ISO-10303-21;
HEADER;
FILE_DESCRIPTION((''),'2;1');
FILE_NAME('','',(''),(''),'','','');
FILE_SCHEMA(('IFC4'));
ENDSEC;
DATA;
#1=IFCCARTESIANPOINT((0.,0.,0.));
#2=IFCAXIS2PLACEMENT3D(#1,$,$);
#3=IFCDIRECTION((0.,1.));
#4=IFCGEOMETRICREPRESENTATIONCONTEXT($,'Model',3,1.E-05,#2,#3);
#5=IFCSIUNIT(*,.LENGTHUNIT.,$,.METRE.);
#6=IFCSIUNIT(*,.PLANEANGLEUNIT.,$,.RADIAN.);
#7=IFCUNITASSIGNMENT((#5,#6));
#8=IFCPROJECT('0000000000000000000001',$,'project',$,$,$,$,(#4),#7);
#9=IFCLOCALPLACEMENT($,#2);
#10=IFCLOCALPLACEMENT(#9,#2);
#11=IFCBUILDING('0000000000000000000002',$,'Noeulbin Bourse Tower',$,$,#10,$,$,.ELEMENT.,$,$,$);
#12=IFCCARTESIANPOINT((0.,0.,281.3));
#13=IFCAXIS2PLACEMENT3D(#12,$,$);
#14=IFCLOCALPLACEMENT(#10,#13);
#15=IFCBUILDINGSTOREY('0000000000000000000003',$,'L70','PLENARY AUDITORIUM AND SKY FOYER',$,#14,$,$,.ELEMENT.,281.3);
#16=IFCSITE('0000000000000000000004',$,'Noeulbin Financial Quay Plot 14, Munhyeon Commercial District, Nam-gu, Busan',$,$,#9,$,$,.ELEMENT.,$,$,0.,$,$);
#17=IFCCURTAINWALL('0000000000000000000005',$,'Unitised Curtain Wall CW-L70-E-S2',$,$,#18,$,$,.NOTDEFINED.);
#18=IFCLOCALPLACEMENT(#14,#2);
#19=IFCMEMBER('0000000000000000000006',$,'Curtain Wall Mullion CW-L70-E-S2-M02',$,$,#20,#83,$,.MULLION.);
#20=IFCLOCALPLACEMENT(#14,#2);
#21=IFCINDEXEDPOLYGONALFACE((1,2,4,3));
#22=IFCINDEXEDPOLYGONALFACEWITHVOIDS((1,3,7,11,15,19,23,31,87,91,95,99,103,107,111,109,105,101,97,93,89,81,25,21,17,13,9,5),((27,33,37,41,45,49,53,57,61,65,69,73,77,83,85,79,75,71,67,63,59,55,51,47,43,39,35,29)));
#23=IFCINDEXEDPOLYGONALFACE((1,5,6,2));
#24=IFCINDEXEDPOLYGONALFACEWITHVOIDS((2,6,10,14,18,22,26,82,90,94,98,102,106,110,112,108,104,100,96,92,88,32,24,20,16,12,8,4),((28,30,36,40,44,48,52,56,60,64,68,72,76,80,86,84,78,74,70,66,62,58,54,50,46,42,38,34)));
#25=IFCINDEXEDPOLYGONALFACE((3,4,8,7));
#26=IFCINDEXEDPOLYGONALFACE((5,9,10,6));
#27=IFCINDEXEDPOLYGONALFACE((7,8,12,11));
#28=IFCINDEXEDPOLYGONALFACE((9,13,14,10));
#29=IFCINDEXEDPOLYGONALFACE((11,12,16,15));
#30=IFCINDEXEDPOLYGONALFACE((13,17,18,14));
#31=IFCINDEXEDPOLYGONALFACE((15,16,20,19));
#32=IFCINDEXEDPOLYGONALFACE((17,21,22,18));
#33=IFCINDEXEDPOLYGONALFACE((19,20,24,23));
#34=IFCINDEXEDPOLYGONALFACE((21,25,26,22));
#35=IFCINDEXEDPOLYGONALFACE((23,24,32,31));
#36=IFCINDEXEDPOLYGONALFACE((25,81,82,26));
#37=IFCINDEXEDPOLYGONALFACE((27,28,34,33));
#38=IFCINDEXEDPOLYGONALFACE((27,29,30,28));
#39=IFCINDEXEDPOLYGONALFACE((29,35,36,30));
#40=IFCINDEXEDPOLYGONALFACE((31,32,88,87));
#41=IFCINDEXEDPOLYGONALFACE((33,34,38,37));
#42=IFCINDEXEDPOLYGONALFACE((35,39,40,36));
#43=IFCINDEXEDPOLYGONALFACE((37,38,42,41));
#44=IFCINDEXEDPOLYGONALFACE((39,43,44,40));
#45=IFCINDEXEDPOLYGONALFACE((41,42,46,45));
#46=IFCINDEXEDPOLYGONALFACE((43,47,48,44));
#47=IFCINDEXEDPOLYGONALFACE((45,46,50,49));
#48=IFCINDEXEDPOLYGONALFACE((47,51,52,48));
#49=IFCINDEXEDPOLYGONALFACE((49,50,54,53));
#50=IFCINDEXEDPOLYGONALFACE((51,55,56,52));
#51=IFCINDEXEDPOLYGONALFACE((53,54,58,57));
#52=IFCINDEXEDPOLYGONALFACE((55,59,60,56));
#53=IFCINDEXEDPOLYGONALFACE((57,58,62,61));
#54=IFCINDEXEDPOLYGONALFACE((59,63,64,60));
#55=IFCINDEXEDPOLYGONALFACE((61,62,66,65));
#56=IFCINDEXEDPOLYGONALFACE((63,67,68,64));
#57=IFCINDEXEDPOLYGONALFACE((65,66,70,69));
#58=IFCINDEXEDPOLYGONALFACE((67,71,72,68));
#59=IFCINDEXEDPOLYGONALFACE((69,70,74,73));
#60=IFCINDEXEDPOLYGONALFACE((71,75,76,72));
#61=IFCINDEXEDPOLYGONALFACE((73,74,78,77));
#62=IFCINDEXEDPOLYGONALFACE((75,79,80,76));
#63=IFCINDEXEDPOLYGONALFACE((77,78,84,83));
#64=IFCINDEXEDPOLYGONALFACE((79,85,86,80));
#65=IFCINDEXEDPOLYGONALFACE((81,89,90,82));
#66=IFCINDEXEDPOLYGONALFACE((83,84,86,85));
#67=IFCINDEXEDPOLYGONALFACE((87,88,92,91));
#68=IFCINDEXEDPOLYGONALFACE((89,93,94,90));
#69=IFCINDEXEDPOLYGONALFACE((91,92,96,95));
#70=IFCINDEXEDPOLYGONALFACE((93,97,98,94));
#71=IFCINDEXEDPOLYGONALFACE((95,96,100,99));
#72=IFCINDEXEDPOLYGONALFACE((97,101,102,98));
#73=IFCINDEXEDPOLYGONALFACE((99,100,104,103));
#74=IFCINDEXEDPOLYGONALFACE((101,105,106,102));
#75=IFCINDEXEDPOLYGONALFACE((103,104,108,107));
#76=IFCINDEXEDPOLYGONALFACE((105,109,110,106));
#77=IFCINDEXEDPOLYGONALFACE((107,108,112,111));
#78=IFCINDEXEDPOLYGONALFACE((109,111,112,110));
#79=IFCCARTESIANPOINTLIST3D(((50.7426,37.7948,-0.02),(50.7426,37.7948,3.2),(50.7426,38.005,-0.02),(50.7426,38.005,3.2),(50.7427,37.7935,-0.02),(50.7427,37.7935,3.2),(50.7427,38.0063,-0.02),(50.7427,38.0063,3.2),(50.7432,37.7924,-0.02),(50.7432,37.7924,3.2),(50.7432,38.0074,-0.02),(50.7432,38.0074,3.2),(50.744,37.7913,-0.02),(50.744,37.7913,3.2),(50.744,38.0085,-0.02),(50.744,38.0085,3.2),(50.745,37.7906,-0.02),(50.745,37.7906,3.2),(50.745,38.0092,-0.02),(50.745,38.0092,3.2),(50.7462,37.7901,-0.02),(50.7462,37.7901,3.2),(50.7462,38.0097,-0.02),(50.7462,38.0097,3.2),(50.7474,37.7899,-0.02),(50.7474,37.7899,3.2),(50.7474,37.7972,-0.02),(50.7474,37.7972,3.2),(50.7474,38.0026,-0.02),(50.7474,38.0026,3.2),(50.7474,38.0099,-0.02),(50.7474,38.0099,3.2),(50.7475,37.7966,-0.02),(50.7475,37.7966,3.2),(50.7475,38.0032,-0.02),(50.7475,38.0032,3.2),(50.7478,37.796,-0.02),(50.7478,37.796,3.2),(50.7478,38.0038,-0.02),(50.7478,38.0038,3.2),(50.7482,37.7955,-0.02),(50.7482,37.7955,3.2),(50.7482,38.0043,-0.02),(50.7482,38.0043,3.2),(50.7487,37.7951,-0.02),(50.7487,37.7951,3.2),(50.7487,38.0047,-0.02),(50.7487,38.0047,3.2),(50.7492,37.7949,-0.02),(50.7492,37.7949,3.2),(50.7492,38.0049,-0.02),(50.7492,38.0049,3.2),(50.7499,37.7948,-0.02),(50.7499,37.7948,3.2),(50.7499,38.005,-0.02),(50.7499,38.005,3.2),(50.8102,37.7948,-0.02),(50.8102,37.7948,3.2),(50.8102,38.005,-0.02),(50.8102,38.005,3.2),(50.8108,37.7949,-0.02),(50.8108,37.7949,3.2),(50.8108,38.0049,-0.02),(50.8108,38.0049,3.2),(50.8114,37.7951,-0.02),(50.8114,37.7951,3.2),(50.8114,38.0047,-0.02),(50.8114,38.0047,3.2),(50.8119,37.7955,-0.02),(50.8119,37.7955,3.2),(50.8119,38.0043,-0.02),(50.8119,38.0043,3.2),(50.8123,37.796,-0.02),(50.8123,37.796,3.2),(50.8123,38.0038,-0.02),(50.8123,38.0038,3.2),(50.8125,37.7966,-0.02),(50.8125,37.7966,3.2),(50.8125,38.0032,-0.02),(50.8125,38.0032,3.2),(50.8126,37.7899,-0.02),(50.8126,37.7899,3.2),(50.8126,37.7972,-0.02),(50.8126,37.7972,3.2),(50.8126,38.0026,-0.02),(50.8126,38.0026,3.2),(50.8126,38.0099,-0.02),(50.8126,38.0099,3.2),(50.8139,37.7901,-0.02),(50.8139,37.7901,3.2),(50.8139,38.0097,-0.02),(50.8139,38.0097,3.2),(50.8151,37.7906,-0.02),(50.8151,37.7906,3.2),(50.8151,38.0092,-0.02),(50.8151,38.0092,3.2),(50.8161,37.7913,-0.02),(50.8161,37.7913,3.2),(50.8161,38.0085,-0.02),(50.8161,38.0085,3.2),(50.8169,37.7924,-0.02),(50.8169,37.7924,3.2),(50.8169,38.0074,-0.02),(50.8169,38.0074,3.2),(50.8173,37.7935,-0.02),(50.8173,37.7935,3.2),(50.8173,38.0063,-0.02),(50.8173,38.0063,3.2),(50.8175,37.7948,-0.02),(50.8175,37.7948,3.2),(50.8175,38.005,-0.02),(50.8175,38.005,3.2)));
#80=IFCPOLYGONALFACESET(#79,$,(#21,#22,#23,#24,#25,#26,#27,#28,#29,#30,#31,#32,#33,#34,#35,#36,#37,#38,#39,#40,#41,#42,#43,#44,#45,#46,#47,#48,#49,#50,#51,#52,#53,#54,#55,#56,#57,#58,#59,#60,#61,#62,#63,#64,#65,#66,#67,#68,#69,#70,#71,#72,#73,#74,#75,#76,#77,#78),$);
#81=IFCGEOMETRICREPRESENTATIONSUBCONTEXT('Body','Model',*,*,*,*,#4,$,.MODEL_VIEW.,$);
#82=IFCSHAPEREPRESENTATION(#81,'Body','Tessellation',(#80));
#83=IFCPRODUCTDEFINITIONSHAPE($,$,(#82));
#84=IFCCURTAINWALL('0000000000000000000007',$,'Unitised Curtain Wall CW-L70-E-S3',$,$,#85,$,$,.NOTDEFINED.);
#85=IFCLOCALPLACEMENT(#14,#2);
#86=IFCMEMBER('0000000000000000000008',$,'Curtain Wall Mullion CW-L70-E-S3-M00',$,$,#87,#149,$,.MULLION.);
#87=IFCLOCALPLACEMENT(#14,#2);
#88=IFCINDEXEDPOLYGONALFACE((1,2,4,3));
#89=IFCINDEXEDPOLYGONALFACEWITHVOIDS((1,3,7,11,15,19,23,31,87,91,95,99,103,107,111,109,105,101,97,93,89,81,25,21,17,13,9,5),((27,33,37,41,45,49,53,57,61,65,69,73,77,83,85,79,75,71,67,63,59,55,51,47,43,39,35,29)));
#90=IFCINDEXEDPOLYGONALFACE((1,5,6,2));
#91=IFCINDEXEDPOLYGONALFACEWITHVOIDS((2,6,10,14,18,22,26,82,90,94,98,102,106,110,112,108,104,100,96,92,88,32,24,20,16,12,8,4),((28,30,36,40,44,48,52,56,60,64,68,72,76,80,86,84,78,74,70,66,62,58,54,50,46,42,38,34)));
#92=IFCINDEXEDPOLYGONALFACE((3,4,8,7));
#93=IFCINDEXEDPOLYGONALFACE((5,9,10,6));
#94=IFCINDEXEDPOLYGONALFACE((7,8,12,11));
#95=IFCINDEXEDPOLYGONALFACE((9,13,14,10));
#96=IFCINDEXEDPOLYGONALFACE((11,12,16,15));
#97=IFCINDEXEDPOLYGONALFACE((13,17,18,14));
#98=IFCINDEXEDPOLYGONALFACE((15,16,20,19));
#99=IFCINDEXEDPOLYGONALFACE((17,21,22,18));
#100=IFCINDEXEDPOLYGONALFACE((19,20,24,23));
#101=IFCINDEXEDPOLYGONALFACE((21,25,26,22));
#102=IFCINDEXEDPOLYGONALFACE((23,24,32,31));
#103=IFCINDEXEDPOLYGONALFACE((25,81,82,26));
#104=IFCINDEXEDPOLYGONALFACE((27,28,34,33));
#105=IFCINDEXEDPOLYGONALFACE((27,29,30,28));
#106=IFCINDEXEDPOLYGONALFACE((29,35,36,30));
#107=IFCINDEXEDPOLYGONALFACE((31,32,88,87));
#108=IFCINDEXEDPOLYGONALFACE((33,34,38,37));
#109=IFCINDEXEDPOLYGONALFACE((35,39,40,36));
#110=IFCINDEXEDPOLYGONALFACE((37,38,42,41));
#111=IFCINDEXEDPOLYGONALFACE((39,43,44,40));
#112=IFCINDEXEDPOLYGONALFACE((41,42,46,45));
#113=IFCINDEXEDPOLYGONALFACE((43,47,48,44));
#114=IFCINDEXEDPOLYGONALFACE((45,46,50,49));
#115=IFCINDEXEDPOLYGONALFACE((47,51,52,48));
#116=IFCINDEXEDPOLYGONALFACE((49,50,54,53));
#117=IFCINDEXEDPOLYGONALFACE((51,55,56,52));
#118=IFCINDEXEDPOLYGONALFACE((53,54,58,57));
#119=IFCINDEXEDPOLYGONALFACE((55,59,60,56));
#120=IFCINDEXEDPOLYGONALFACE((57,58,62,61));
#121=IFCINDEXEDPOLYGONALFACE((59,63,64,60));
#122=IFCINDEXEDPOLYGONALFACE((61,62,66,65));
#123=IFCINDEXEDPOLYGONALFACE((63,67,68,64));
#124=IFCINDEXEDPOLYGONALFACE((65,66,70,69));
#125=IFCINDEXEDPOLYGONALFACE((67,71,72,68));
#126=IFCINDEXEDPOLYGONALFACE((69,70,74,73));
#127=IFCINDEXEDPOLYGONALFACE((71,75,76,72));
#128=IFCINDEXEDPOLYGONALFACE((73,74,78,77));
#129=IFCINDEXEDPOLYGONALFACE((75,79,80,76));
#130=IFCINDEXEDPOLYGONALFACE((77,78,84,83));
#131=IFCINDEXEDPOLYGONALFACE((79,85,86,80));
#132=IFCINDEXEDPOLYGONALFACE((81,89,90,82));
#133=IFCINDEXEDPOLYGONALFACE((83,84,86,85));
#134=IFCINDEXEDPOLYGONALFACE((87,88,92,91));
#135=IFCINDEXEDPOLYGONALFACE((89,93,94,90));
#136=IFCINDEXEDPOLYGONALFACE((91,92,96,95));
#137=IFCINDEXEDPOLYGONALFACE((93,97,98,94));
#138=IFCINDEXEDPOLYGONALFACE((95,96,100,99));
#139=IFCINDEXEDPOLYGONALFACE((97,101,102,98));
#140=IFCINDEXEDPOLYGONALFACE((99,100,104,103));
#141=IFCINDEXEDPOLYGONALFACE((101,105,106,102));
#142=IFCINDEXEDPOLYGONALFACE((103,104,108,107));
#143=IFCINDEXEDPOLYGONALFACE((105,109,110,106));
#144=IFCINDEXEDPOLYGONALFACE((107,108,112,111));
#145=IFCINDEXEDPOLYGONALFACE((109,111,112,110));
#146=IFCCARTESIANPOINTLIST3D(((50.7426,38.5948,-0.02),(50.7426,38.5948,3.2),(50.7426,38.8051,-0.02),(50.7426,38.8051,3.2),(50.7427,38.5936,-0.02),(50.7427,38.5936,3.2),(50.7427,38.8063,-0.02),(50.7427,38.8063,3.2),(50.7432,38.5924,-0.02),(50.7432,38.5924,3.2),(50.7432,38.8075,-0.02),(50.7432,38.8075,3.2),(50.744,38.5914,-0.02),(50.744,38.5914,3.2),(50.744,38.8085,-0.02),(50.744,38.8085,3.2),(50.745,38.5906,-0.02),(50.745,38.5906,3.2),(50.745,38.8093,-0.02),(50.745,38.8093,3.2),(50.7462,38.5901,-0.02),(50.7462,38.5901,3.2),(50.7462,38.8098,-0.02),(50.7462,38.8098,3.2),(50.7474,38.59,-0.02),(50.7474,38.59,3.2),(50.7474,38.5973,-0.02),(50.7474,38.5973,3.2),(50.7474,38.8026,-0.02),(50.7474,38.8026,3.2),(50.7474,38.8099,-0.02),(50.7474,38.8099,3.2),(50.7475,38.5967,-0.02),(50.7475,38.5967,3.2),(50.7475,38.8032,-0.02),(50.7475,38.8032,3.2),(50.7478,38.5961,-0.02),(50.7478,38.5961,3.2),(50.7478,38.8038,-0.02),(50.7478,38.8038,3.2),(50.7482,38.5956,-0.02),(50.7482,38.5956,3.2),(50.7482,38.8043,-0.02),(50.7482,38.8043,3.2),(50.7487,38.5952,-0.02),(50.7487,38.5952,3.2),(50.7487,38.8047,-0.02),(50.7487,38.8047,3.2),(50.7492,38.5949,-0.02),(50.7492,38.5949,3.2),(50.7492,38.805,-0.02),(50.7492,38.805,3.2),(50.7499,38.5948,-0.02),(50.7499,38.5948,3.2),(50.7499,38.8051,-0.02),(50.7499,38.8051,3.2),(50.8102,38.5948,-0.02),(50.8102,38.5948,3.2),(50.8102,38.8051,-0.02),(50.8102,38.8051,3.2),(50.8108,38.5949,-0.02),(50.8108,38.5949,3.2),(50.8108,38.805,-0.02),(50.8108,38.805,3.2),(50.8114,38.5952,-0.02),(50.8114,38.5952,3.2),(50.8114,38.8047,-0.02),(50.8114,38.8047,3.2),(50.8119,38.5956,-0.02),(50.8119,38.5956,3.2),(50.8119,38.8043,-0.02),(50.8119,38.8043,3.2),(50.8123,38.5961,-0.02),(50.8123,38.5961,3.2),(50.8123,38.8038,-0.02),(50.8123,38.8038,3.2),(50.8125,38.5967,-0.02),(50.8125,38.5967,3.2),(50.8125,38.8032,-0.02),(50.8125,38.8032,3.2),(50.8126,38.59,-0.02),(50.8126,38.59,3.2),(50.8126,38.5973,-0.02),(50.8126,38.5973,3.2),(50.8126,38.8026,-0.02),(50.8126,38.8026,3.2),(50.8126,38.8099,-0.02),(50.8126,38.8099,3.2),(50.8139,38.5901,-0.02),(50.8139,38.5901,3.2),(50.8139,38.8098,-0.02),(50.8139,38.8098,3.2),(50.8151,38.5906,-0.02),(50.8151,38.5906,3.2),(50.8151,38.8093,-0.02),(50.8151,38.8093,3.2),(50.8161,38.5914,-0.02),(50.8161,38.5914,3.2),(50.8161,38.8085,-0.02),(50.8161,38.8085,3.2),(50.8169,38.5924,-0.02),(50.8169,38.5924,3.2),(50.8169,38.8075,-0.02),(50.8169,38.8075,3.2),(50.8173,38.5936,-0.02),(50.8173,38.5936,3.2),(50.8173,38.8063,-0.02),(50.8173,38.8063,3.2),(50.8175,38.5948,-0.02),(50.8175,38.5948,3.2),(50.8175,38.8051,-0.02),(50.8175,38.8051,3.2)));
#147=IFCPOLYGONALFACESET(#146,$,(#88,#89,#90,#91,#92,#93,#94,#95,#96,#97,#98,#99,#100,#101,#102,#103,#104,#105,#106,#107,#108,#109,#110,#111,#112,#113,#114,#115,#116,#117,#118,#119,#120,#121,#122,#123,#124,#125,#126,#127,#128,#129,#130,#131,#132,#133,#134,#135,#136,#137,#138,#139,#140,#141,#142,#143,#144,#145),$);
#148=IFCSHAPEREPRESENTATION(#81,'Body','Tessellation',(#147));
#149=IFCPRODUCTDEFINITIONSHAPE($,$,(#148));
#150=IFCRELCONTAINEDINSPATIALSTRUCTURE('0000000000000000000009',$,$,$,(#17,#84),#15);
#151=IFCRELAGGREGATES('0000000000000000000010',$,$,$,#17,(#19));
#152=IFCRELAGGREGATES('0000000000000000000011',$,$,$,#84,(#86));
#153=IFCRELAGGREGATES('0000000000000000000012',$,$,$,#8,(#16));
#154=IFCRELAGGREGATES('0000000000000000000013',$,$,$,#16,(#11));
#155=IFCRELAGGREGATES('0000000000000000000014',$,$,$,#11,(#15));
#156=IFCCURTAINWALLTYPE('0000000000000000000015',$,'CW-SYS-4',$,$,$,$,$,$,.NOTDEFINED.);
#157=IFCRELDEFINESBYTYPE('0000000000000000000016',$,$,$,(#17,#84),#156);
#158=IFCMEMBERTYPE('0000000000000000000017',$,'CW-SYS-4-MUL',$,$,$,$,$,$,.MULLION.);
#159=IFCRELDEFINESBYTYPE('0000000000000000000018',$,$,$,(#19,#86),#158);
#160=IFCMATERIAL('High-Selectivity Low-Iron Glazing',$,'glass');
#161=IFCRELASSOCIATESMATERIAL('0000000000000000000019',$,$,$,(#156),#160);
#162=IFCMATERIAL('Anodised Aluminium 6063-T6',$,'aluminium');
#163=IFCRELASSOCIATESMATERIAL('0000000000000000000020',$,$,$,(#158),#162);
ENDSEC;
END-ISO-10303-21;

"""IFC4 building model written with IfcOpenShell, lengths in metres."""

from ifc_helpers import new_model, si_unit, direction, frame, origin, origin_2d, place, context, subcontext, project, spatial, hollow_rectangle, extrude, material, material_profile, profile_set, type_object, element, aggregate, save


model = new_model("IFC4")

# Units and contexts
model_context = context("Model", 3, precision=1e-05, world=origin(), true_north=direction((0.0, 1.0)))
body_context = subcontext(model_context, "Body", "Model", "MODEL_VIEW")
ifc_project = project(units=[si_unit("LENGTHUNIT", "METRE"), si_unit("PLANEANGLEUNIT", "RADIAN")], contexts=[model_context])

# Site, building, storey
site_placement = place(None, origin())
site = spatial("IfcSite", under=ifc_project, at=site_placement, Name="Noeulbin Financial Quay Plot 14, Munhyeon Commercial District, Nam-gu, Busan", CompositionType="ELEMENT", RefElevation=0.0)
building_placement = place(site_placement, origin())
building = spatial("IfcBuilding", under=site, at=building_placement, Name="Noeulbin Bourse Tower", CompositionType="ELEMENT")
storey_placement = place(building_placement, frame((0.0, 0.0, 281.3)))
storey = spatial("IfcBuildingStorey", under=building, at=storey_placement, Name="L70", Description="PLENARY AUDITORIUM AND SKY FOYER", CompositionType="ELEMENT", Elevation=281.3)

# Shared definitions
ifc_material_1 = material(Name="High-Selectivity Low-Iron Glazing", Category="glass")
curtain_wall_type = type_object("IfcCurtainWallType", Name="CW-SYS-4", PredefinedType="NOTDEFINED", material=ifc_material_1)
ifc_material_2 = material(Name="Anodised Aluminium 6063-T6", Category="aluminium")
ifc_material_profile_1 = material_profile(ifc_material_2, hollow_rectangle(XDim=0.075, YDim=0.22, WallThickness=0.0049, InnerFilletRadius=0.0024, OuterFilletRadius=0.0049, at=origin_2d()), Name="ALU-MULL-75x220x5", Category="LoadBearing")
ifc_profile_set_1 = profile_set([ifc_material_profile_1], Name="Anodised Aluminium 6063-T6")
member_type_1 = type_object("IfcMemberType", Name="CW-SYS-4-MUL", PredefinedType="MULLION", material=ifc_profile_set_1)

# Curtain walls, members
curtain_wall_1_placement = place(storey_placement, origin())
curtain_wall_1 = element("IfcCurtainWall", 1, at=curtain_wall_1_placement, inside=storey, type_object=curtain_wall_type, Name="Unitised Curtain Wall CW-L70-E-S2", PredefinedType="NOTDEFINED")
member_1_placement = place(storey_placement, frame((50.78, 37.8999, -0.02), z_axis=(0.0, 0.0, 1.0), x_axis=(1.0, 0.0, 0.0)))
member_1 = element("IfcMember", 2, at=member_1_placement, type_object=member_type_1, Name="Curtain Wall Mullion CW-L70-E-S2-M02", PredefinedType="MULLION", context=body_context, shape_type="SweptSolid", body=[
    extrude(hollow_rectangle(XDim=0.075, YDim=0.22, WallThickness=0.0049, InnerFilletRadius=0.0024, OuterFilletRadius=0.0049, at=origin_2d()), origin(), (0.0, 0.0, 1.0), 3.22),
])
curtain_wall_2_placement = place(storey_placement, origin())
curtain_wall_2 = element("IfcCurtainWall", 3, at=curtain_wall_2_placement, inside=storey, type_object=curtain_wall_type, Name="Unitised Curtain Wall CW-L70-E-S3", PredefinedType="NOTDEFINED")
member_2_placement = place(storey_placement, frame((50.78, 38.7, -0.02), z_axis=(0.0, 0.0, 1.0), x_axis=(1.0, 0.0, 0.0)))
member_2 = element("IfcMember", 4, at=member_2_placement, type_object=member_type_1, Name="Curtain Wall Mullion CW-L70-E-S3-M00", PredefinedType="MULLION", context=body_context, shape_type="SweptSolid", body=[
    extrude(hollow_rectangle(XDim=0.075, YDim=0.22, WallThickness=0.0049, InnerFilletRadius=0.0024, OuterFilletRadius=0.0049, at=origin_2d()), origin(), (0.0, 0.0, 1.0), 3.22),
])

aggregate(curtain_wall_1, [member_1])
aggregate(curtain_wall_2, [member_2])

save(model, "model.ifc")
